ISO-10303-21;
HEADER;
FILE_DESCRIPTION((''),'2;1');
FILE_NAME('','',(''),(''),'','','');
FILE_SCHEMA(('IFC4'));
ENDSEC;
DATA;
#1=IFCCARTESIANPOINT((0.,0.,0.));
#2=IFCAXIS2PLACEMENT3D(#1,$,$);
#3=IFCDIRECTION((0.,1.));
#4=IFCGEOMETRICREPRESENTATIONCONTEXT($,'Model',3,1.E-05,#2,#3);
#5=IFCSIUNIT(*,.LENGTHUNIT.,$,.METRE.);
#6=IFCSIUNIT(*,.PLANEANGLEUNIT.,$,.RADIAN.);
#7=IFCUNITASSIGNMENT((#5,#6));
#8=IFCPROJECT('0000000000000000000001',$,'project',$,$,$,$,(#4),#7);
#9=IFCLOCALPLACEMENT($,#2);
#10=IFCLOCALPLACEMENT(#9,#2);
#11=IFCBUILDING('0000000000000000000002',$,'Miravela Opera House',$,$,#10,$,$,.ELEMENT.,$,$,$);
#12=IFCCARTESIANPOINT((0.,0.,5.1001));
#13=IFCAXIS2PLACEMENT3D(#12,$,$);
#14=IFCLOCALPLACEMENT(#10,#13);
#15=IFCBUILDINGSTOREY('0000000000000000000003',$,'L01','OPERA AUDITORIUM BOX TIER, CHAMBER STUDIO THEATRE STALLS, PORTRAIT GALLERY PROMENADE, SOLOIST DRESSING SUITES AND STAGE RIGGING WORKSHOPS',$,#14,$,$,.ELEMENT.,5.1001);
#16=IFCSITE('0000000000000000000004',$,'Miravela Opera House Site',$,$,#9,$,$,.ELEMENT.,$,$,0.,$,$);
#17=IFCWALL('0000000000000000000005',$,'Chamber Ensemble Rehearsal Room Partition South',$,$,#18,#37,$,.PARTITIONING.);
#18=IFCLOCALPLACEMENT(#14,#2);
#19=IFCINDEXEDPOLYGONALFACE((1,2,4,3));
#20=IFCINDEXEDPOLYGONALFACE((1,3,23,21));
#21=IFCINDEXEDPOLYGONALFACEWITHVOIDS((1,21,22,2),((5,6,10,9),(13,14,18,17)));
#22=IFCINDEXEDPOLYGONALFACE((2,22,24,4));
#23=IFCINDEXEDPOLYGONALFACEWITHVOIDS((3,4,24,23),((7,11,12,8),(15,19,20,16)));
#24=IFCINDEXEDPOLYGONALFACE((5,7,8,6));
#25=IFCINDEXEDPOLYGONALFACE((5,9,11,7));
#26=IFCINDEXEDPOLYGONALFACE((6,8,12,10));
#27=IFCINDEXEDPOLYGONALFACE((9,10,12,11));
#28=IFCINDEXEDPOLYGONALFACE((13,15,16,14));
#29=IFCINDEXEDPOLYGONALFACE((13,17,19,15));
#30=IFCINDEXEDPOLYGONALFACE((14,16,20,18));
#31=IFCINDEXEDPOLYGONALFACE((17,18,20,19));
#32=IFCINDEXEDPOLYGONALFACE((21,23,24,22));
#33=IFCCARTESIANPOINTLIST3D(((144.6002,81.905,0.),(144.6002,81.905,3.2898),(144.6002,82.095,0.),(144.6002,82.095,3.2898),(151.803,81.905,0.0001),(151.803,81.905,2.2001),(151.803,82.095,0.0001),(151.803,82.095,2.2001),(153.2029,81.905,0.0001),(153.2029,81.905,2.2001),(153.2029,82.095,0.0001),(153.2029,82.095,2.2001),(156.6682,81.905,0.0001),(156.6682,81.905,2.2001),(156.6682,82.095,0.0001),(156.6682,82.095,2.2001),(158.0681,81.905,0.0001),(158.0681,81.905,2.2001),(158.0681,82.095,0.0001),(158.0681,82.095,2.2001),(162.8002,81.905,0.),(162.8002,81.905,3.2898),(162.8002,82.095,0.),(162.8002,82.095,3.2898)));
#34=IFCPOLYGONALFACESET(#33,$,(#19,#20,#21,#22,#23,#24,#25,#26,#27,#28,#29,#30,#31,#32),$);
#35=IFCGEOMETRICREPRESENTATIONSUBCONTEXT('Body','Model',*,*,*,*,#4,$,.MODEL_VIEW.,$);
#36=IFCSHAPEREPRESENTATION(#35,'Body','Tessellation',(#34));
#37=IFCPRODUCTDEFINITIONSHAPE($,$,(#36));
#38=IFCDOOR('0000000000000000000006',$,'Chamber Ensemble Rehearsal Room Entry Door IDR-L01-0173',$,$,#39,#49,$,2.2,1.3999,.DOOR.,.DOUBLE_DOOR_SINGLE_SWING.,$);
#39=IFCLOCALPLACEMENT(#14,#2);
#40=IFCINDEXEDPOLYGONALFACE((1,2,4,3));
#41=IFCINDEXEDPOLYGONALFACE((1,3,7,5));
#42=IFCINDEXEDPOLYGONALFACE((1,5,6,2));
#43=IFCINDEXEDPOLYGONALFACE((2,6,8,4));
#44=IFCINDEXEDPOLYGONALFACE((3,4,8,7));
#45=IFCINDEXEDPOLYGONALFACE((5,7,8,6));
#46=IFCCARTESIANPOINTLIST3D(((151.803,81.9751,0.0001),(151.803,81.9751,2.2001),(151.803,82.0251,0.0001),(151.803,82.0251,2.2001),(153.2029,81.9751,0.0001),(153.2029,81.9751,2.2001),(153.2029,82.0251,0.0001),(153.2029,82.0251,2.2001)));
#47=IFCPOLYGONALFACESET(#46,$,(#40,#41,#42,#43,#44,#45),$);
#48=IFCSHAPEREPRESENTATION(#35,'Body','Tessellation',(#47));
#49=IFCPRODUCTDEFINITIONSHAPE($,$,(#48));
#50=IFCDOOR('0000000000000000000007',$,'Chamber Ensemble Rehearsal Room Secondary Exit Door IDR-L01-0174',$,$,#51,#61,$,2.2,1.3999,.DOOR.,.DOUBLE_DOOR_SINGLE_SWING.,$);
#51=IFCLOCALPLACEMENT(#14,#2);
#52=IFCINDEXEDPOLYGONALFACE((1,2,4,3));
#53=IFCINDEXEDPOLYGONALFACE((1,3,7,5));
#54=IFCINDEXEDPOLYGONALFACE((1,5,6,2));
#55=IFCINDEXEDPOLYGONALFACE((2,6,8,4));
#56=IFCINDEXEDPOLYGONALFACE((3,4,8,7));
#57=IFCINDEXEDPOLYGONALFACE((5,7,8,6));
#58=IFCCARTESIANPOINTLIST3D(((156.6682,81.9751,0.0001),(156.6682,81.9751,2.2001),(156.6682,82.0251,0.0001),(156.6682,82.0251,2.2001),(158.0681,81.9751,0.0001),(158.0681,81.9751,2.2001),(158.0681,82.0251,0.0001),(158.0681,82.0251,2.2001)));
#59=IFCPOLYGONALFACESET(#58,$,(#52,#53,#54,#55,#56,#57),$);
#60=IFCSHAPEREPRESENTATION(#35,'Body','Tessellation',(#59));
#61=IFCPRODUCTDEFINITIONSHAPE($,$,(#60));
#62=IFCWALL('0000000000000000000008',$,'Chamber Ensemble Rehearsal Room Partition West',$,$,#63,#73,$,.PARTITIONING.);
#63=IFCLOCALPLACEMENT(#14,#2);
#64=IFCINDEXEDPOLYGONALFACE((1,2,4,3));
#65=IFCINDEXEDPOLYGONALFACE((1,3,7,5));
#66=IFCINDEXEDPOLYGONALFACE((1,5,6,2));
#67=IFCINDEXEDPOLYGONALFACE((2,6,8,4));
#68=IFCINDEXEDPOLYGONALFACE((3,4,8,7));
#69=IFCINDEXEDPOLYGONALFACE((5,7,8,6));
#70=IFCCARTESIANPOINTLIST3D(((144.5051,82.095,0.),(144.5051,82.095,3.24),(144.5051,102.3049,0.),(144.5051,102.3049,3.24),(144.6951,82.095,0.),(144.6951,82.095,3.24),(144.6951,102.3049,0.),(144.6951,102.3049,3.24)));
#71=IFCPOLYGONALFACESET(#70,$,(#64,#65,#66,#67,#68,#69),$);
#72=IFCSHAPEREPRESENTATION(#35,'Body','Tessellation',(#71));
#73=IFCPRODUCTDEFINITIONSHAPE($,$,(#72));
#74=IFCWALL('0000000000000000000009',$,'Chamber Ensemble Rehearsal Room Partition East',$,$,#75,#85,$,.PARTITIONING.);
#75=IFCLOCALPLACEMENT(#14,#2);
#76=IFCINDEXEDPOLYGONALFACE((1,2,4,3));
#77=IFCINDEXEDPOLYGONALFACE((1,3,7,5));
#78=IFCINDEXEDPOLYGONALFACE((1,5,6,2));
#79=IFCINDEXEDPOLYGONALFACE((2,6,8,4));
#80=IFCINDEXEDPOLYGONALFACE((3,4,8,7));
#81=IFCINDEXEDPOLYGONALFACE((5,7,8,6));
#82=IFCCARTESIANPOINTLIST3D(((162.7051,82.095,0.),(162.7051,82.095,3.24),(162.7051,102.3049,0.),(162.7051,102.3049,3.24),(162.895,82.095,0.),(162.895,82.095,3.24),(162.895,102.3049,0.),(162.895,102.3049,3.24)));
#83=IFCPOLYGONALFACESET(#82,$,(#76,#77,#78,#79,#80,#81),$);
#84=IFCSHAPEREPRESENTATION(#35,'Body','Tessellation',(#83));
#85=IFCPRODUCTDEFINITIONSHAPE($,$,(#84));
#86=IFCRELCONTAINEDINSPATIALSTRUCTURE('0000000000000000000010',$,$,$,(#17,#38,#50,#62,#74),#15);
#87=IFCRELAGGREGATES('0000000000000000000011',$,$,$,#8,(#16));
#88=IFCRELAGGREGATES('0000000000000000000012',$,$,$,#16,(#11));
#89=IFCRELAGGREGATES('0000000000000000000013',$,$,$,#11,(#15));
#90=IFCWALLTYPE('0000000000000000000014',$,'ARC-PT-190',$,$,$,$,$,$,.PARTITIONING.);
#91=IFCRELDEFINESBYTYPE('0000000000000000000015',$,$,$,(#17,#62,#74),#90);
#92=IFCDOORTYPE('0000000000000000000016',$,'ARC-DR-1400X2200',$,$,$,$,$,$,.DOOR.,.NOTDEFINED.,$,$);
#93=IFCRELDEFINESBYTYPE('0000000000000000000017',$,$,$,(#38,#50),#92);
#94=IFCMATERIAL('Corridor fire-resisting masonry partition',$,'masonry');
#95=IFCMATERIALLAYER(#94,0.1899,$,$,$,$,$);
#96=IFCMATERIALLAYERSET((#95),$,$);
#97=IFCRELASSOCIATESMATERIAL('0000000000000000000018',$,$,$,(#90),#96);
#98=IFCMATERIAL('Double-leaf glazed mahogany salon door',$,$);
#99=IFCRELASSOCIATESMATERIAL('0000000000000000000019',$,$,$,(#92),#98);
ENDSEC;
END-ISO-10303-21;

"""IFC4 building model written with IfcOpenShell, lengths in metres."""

from ifc_helpers import new_model, si_unit, direction, frame, frame_2d, origin, place, context, subcontext, project, spatial, rectangle, extrude, material, layer, layer_set, type_object, element, fill, save


model = new_model("IFC4")

# Units and contexts
model_context = context("Model", 3, precision=1e-05, world=origin(), true_north=direction((0.0, 1.0)))
body_context = subcontext(model_context, "Body", "Model", "MODEL_VIEW")
ifc_project = project(units=[si_unit("LENGTHUNIT", "METRE"), si_unit("PLANEANGLEUNIT", "RADIAN")], contexts=[model_context])

# Site, building, storey
site_placement = place(None, origin())
site = spatial("IfcSite", under=ifc_project, at=site_placement, Name="Miravela Opera House Site", CompositionType="ELEMENT", RefElevation=0.0)
building_placement = place(site_placement, origin())
building = spatial("IfcBuilding", under=site, at=building_placement, Name="Miravela Opera House", CompositionType="ELEMENT")
storey_placement = place(building_placement, frame((0.0, 0.0, 5.1001)))
storey = spatial("IfcBuildingStorey", under=building, at=storey_placement, Name="L01", Description="OPERA AUDITORIUM BOX TIER, CHAMBER STUDIO THEATRE STALLS, PORTRAIT GALLERY PROMENADE, SOLOIST DRESSING SUITES AND STAGE RIGGING WORKSHOPS", CompositionType="ELEMENT", Elevation=5.1001)

# Wall, openings, doors
ifc_material_1 = material(Name="Corridor fire-resisting masonry partition", Category="masonry")
ifc_layer_1 = layer(ifc_material_1, 0.1899)
ifc_layer_set_1 = layer_set([ifc_layer_1])
wall_type_1 = type_object("IfcWallType", Name="ARC-PT-190", PredefinedType="PARTITIONING", material=ifc_layer_set_1)
wall_1_placement = place(storey_placement, frame((144.6001, 82.0, 0.0), z_axis=(0.0, 0.0, 1.0), x_axis=(1.0, 0.0, 0.0)))
wall_1 = element("IfcWall", 1, at=wall_1_placement, inside=storey, type_object=wall_type_1, Name="Chamber Ensemble Rehearsal Room Partition South", PredefinedType="PARTITIONING", context=body_context, shape_type="SweptSolid", body=[
    extrude(rectangle(XDim=18.2, YDim=0.1899, at=frame_2d((9.1001, 0.0))), origin(), (0.0, 0.0, 1.0), 3.2898),
])
opening_1_placement = place(wall_1_placement, frame((7.2029, 0.0, 0.0)))
opening_1 = element("IfcOpeningElement", 2, at=opening_1_placement, cuts=wall_1, PredefinedType="OPENING", context=body_context, shape_type="SweptSolid", body=[
    extrude(rectangle(XDim=1.3999, YDim=2.2, at=frame_2d((0.7, 1.1001))), frame((0.0, 0.105, 0.0), z_axis=(0.0, -1.0, 0.0), x_axis=(1.0, 0.0, 0.0)), (0.0, 0.0, 1.0), 0.21),
])
opening_2_placement = place(wall_1_placement, frame((12.0681, 0.0, 0.0)))
opening_2 = element("IfcOpeningElement", 3, at=opening_2_placement, cuts=wall_1, PredefinedType="OPENING", context=body_context, shape_type="SweptSolid", body=[
    extrude(rectangle(XDim=1.3999, YDim=2.2, at=frame_2d((0.7, 1.1001))), frame((0.0, 0.105, 0.0), z_axis=(0.0, -1.0, 0.0), x_axis=(1.0, 0.0, 0.0)), (0.0, 0.0, 1.0), 0.21),
])
ifc_material_2 = material(Name="Double-leaf glazed mahogany salon door")
door_type = type_object("IfcDoorType", Name="ARC-DR-1400X2200", OperationType="NOTDEFINED", PredefinedType="DOOR", material=ifc_material_2)
door_1_placement = place(opening_1_placement, frame((1.3999, 0.0, 0.0), z_axis=(0.0, 0.0, 1.0), x_axis=(-1.0, 0.0, 0.0)))
door_1 = element("IfcDoor", 4, at=door_1_placement, inside=storey, type_object=door_type, Name="Chamber Ensemble Rehearsal Room Entry Door IDR-L01-0173", OperationType="DOUBLE_DOOR_SINGLE_SWING", OverallHeight=2.2, OverallWidth=1.3999, PredefinedType="DOOR", context=body_context, shape_type="SweptSolid", body=[
    extrude(rectangle(XDim=1.3999, YDim=2.2, at=frame_2d((0.7, 1.1001))), frame((0.0, 0.0249, 0.0), z_axis=(0.0, -1.0, 0.0), x_axis=(1.0, 0.0, 0.0)), (0.0, 0.0, 1.0), 0.05),
])
fill(opening_1, door_1)
door_2_placement = place(opening_2_placement, frame((1.3999, 0.0, 0.0), z_axis=(0.0, 0.0, 1.0), x_axis=(-1.0, 0.0, 0.0)))
door_2 = element("IfcDoor", 5, at=door_2_placement, inside=storey, type_object=door_type, Name="Chamber Ensemble Rehearsal Room Secondary Exit Door IDR-L01-0174", OperationType="DOUBLE_DOOR_SINGLE_SWING", OverallHeight=2.2, OverallWidth=1.3999, PredefinedType="DOOR", context=body_context, shape_type="SweptSolid", body=[
    extrude(rectangle(XDim=1.3999, YDim=2.2, at=frame_2d((0.7, 1.1001))), frame((0.0, 0.0249, 0.0), z_axis=(0.0, -1.0, 0.0), x_axis=(1.0, 0.0, 0.0)), (0.0, 0.0, 1.0), 0.05),
])
fill(opening_2, door_2)

# Walls
for number, where, z_axis, x_axis, name in (
    (6, (144.6001, 82.095, 0.0), (0.0, 0.0, 1.0), (0.0, 1.0, 0.0), "Chamber Ensemble Rehearsal Room Partition West"),
    (7, (162.8, 82.095, 0.0), (0.0, 0.0, 1.0), (0.0, 1.0, 0.0), "Chamber Ensemble Rehearsal Room Partition East"),
):
    element("IfcWall", number, at=place(storey_placement, frame(where, z_axis=z_axis, x_axis=x_axis)), inside=storey, type_object=wall_type_1, Name=name, PredefinedType="PARTITIONING", context=body_context, shape_type="SweptSolid", body=[
        extrude(rectangle(XDim=20.21, YDim=0.1899, at=frame_2d((10.105, 0.0))), origin(), (0.0, 0.0, 1.0), 3.24),
    ])

save(model, "model.ifc")
